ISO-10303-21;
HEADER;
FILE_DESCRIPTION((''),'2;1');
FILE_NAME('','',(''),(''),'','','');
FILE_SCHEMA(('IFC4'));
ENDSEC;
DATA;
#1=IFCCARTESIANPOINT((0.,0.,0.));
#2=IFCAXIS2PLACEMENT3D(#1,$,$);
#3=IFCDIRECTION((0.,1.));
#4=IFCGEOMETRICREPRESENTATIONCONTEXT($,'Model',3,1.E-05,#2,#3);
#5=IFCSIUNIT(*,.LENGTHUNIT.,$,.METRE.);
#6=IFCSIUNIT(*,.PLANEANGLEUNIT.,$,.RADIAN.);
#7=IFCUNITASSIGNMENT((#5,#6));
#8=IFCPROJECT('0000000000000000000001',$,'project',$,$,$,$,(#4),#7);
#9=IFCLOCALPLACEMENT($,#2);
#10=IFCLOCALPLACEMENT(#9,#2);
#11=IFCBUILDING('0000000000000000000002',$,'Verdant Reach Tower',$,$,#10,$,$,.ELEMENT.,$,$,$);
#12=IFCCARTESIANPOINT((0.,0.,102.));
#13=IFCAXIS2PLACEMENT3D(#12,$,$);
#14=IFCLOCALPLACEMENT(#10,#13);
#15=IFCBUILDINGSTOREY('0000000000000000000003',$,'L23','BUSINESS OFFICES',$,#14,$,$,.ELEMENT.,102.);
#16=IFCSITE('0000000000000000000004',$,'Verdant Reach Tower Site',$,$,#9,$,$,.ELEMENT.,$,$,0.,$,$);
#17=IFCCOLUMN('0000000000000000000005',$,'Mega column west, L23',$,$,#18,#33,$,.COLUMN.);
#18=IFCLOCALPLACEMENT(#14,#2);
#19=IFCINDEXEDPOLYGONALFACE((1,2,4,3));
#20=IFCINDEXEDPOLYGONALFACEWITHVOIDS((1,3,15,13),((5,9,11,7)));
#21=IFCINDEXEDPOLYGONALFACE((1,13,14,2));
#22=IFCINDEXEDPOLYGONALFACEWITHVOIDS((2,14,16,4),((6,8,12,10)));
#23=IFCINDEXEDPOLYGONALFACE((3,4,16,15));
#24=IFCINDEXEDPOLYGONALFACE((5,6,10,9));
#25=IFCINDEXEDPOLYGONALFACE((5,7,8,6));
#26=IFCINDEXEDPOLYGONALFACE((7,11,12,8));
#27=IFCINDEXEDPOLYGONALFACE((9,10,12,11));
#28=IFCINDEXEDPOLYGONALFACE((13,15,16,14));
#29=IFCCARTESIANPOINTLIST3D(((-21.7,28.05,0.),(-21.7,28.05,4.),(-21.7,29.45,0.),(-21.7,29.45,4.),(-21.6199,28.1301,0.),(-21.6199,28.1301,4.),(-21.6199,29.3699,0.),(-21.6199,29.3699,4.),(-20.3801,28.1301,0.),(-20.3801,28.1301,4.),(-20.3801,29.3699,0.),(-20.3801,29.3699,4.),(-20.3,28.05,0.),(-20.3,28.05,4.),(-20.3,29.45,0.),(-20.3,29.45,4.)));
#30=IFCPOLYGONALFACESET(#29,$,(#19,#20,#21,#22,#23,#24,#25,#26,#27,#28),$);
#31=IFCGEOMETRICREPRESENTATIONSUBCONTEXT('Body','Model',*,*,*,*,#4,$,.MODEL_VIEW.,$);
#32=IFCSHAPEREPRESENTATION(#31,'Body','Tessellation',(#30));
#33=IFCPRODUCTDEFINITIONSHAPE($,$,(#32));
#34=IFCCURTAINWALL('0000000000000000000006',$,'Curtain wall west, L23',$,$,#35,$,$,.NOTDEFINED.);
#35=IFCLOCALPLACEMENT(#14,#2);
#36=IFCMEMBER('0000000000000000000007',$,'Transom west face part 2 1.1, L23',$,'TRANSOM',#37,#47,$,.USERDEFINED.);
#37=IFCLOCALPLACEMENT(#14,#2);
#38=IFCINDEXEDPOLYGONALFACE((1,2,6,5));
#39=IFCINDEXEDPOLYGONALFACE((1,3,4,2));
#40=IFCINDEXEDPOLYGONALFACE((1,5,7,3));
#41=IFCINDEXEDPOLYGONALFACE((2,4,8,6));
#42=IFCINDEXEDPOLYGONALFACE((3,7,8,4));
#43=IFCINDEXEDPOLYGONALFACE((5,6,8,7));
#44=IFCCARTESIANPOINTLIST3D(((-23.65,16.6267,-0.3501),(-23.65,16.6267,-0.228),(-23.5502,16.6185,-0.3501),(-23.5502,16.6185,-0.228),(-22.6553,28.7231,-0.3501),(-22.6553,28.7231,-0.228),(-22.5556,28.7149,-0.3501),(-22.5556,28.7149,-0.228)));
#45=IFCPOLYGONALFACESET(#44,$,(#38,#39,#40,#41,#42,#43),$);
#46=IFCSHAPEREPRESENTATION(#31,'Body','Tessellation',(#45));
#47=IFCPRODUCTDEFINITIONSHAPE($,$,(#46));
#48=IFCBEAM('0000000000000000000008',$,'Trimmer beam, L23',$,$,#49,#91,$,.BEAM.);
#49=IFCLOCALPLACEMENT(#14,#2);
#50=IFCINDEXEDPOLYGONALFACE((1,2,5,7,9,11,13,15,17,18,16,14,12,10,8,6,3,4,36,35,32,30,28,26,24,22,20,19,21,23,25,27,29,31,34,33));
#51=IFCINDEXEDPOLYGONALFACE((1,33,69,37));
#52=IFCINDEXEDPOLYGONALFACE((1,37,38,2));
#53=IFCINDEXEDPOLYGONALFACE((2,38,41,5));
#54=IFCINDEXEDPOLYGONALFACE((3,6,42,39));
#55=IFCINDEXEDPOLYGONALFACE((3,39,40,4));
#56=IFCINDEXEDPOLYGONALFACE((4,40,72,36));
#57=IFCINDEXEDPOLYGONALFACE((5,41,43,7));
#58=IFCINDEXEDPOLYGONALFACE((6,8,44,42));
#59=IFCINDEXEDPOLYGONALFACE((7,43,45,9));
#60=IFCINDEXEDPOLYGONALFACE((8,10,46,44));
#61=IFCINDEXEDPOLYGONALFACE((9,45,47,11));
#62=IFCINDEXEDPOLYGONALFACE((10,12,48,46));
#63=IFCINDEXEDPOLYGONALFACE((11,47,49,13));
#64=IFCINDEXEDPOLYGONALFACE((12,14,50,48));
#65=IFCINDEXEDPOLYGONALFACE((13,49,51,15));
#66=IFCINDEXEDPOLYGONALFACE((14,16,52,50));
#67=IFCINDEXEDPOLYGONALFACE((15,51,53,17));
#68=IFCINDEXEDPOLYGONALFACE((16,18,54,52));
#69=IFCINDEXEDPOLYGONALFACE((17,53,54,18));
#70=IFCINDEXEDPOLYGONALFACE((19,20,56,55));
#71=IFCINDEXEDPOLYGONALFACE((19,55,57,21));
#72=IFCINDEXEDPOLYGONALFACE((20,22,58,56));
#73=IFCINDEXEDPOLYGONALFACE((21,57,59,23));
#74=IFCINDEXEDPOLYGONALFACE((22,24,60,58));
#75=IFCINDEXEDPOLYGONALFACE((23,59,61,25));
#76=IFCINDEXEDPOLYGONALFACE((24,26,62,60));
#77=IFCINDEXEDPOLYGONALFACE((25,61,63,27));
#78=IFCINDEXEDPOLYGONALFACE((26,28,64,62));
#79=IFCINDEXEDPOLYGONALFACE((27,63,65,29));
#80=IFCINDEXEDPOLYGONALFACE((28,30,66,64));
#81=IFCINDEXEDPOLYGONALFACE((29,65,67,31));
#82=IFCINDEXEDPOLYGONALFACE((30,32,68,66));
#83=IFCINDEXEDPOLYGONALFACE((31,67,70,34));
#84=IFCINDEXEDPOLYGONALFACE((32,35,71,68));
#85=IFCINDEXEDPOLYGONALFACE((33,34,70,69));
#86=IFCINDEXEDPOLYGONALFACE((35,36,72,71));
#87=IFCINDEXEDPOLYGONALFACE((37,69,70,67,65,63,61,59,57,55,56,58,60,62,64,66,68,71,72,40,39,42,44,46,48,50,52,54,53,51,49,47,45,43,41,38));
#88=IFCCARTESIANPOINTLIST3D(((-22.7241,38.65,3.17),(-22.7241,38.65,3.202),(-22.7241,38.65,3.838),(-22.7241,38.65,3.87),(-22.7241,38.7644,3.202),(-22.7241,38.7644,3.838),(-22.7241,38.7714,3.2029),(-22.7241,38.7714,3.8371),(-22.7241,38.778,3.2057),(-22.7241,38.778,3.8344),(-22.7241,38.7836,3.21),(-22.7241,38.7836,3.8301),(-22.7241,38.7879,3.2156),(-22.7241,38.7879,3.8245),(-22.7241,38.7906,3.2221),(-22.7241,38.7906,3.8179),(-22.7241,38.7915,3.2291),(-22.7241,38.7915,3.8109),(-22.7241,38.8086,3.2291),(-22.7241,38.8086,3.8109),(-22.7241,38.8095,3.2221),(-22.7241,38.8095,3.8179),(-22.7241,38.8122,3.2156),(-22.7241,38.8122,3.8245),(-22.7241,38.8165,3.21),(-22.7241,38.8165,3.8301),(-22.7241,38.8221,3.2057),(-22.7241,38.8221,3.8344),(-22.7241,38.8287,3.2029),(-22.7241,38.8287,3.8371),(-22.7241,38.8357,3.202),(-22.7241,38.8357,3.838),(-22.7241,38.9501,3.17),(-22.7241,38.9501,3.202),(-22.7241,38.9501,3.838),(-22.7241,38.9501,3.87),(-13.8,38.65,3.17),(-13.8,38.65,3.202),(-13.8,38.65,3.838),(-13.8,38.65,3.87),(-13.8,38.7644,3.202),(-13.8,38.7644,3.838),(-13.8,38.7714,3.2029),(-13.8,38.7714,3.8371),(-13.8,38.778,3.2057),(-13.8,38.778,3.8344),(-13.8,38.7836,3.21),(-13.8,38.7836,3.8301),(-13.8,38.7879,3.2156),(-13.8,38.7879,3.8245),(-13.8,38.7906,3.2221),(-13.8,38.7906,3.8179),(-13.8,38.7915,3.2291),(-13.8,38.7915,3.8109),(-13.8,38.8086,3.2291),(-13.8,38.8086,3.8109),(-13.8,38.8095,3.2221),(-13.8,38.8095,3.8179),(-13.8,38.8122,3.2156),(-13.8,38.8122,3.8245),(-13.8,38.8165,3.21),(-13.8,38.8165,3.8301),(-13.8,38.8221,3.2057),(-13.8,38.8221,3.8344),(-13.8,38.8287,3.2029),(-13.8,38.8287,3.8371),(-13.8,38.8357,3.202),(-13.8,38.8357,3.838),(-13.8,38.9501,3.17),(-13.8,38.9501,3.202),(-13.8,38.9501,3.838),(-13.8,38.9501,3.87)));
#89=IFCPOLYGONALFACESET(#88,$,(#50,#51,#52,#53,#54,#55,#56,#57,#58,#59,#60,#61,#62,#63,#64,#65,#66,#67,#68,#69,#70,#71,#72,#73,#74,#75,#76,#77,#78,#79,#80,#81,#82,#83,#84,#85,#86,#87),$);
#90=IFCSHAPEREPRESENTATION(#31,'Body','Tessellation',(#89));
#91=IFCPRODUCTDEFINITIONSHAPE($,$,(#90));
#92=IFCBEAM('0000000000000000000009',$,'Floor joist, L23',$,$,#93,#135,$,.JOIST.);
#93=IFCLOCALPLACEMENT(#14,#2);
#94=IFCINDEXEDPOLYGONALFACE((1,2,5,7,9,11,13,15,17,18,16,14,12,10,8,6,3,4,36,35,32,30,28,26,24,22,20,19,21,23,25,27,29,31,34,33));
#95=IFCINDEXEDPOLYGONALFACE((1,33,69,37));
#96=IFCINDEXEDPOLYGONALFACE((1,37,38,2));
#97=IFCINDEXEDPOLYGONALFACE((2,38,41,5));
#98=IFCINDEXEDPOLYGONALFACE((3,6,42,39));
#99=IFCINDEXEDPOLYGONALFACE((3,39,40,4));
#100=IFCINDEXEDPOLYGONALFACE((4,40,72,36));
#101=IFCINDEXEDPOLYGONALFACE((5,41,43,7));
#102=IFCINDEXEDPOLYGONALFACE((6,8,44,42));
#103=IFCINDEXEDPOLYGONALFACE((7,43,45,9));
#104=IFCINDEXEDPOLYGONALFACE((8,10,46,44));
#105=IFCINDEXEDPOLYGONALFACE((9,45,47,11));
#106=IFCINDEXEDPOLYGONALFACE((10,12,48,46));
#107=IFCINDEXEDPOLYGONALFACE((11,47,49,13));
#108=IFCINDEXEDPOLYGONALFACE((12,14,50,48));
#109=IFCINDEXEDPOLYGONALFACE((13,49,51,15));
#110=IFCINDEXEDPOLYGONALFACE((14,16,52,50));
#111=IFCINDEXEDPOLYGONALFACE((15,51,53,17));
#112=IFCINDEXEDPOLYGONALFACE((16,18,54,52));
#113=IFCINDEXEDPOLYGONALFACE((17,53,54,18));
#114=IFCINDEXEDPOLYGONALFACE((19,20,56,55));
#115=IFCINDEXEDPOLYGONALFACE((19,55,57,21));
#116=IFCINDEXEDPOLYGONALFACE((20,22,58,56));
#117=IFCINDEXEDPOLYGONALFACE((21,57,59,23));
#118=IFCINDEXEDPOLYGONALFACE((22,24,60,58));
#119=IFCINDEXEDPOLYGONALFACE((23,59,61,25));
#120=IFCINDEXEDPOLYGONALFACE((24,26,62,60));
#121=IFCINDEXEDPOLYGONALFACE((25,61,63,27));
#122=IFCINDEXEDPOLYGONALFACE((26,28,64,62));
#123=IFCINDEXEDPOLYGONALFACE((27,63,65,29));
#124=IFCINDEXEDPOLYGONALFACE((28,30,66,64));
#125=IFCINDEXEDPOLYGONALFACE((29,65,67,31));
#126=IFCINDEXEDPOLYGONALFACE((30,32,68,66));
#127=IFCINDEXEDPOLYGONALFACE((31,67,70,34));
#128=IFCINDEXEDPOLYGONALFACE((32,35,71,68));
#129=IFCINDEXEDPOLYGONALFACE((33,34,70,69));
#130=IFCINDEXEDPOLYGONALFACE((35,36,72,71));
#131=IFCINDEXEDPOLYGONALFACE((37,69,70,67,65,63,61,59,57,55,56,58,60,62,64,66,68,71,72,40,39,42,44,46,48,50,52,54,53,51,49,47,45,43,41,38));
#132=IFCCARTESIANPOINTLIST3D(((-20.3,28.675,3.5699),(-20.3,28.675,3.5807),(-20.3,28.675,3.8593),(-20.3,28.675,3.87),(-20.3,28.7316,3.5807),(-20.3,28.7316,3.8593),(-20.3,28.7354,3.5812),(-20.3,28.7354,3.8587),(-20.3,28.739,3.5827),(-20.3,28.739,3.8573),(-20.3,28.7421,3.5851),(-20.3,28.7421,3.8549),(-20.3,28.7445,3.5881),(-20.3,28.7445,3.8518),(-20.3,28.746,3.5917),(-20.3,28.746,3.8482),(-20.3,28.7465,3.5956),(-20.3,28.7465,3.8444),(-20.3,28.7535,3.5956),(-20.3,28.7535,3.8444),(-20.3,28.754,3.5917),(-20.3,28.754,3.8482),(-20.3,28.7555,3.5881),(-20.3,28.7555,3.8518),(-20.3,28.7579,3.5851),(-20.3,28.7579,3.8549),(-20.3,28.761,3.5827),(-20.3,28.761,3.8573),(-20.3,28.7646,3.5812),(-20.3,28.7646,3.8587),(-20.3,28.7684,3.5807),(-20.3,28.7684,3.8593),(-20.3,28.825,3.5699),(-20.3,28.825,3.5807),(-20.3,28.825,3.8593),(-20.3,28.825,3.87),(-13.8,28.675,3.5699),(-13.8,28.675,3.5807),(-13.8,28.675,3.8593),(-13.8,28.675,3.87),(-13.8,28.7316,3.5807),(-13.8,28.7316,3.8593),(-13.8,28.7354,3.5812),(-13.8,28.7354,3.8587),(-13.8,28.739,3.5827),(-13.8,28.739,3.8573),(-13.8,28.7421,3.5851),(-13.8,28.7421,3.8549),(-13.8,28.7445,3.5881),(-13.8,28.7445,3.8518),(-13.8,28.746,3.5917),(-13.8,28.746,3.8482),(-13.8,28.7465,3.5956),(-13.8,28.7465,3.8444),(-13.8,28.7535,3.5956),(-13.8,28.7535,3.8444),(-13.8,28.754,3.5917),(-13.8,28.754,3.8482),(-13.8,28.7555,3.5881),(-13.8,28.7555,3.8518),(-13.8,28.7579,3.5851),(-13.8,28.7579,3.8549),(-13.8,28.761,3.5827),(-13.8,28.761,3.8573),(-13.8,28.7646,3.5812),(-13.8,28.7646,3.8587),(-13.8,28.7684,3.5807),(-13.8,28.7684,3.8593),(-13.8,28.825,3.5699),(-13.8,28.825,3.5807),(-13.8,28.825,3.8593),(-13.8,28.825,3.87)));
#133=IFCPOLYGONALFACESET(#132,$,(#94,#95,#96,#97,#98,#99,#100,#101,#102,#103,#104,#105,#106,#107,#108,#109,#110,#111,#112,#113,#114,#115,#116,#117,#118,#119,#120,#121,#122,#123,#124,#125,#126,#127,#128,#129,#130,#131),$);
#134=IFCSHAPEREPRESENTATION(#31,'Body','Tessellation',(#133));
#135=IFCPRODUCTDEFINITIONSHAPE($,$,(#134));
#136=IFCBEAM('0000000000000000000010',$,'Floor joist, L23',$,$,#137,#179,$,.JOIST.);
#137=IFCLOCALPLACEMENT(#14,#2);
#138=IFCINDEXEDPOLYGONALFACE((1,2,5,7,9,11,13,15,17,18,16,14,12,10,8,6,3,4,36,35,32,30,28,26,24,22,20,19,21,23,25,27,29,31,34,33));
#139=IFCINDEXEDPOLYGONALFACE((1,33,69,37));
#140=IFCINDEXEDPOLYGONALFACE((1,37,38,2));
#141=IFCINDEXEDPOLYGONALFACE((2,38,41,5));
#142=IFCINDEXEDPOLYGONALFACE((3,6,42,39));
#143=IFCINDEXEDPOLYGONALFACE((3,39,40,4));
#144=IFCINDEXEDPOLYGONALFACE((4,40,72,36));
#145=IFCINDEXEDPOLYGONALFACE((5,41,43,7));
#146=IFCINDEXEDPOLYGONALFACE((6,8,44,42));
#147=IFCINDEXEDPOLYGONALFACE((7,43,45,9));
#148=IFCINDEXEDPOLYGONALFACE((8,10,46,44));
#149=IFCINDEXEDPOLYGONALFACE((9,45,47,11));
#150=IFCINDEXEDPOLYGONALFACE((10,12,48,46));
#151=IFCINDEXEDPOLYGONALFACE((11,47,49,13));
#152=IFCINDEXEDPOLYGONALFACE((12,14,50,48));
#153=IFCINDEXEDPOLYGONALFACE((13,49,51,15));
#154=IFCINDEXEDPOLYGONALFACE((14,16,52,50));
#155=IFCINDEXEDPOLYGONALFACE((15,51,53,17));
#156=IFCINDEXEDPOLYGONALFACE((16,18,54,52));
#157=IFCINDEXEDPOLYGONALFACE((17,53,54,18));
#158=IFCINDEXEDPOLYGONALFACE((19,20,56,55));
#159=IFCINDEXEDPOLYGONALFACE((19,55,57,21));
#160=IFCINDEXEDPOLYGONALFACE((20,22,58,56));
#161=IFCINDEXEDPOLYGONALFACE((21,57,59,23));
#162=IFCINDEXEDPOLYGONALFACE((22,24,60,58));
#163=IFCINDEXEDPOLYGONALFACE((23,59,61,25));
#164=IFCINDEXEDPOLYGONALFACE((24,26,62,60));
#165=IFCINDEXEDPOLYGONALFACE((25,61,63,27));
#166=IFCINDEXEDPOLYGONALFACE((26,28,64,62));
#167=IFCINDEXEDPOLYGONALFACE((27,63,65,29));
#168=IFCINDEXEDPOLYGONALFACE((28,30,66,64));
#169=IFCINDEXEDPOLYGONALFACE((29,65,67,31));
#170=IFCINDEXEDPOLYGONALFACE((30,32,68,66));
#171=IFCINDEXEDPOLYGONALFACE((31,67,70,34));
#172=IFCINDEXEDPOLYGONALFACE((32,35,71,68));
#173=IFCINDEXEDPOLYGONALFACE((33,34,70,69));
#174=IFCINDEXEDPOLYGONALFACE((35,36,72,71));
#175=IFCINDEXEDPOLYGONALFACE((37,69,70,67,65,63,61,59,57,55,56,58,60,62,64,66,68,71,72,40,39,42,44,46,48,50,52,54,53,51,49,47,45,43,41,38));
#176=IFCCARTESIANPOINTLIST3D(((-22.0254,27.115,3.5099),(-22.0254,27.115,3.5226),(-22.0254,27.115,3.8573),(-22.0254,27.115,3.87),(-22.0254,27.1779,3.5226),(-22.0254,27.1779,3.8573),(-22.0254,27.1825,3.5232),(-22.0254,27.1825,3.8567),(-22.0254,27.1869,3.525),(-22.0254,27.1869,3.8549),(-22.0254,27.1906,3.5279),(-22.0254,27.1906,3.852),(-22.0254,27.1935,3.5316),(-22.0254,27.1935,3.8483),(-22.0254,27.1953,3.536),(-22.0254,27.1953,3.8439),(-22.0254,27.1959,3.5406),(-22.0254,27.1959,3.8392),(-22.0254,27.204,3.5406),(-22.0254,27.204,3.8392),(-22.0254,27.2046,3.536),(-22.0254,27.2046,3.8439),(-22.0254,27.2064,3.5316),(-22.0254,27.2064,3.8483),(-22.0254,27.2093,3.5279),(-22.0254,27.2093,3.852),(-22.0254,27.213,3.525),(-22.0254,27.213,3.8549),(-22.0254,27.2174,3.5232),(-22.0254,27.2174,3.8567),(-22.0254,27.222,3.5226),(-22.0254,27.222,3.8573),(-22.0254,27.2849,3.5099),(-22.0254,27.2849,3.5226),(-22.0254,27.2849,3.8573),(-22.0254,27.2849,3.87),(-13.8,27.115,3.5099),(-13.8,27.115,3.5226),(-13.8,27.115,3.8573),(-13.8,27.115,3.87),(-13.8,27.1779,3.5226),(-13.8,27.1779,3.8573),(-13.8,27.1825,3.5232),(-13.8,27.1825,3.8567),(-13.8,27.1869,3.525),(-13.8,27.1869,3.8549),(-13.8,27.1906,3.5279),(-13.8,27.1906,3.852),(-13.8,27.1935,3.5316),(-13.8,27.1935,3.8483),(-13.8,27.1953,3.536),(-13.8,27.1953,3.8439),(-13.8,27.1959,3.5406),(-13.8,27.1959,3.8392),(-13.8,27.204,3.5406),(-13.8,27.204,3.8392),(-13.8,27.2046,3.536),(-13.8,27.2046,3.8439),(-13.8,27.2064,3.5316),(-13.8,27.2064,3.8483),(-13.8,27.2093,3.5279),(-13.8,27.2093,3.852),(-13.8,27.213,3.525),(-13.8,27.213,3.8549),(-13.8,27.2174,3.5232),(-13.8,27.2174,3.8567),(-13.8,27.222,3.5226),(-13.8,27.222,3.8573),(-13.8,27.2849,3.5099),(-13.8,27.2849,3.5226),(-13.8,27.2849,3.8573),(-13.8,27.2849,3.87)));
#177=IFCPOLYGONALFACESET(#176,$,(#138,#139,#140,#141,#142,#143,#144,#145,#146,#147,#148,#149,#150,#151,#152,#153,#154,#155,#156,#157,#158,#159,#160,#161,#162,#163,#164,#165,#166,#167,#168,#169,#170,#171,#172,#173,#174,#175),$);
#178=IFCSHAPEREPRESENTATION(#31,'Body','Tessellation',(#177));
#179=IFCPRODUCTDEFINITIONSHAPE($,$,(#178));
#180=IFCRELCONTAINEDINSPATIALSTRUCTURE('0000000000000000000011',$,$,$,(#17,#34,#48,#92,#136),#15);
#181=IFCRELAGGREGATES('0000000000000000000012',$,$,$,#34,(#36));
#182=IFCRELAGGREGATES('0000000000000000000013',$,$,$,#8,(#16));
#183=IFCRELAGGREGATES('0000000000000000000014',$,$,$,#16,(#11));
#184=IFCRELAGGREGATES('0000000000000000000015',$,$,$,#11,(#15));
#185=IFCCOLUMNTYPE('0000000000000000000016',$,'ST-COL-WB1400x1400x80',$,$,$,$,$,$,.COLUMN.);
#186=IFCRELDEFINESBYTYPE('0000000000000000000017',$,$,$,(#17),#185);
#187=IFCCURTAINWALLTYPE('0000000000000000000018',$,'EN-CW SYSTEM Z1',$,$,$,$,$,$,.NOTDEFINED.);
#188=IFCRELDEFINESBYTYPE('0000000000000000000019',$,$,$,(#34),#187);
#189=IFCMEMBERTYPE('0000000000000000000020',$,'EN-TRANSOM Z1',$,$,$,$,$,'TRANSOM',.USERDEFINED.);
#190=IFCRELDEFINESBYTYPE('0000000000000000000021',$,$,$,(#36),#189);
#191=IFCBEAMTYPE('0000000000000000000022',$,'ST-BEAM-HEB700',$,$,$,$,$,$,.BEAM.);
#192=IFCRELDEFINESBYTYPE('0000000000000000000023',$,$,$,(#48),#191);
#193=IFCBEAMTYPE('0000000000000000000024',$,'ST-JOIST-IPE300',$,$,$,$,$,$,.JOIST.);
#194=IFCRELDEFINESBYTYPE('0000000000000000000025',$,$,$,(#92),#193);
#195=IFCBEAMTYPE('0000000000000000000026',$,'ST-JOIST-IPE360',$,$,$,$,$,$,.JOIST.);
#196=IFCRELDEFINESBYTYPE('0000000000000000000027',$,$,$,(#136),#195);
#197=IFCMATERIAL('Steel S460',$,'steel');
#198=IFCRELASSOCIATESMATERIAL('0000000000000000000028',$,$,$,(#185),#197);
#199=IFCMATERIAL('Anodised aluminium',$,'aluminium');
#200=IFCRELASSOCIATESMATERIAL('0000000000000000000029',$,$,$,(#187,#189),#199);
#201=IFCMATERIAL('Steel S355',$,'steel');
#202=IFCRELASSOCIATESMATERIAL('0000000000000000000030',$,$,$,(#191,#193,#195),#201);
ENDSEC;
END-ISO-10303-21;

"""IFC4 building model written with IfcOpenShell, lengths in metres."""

from ifc_helpers import new_model, si_unit, direction, frame, origin, origin_2d, place, context, subcontext, project, spatial, rectangle, hollow_rectangle, i_section, extrude, material, material_profile, profile_set, type_object, element, aggregate, save


model = new_model("IFC4")

# Units and contexts
model_context = context("Model", 3, precision=1e-05, world=origin(), true_north=direction((0.0, 1.0)))
body_context = subcontext(model_context, "Body", "Model", "MODEL_VIEW")
ifc_project = project(units=[si_unit("LENGTHUNIT", "METRE"), si_unit("PLANEANGLEUNIT", "RADIAN")], contexts=[model_context])

# Site, building, storey
site_placement = place(None, origin())
site = spatial("IfcSite", under=ifc_project, at=site_placement, Name="Verdant Reach Tower Site", CompositionType="ELEMENT", RefElevation=0.0)
building_placement = place(site_placement, origin())
building = spatial("IfcBuilding", under=site, at=building_placement, Name="Verdant Reach Tower", CompositionType="ELEMENT")
storey_placement = place(building_placement, frame((0.0, 0.0, 102.0)))
storey = spatial("IfcBuildingStorey", under=building, at=storey_placement, Name="L23", Description="BUSINESS OFFICES", CompositionType="ELEMENT", Elevation=102.0)

# Column
ifc_material_1 = material(Name="Steel S460", Category="steel")
ifc_material_profile_1 = material_profile(ifc_material_1, hollow_rectangle(XDim=1.3999, YDim=1.3999, WallThickness=0.0801, at=origin_2d()), Name="WB 1400x1400x80")
ifc_profile_set_1 = profile_set([ifc_material_profile_1], Name="Steel S460")
column_type = type_object("IfcColumnType", Name="ST-COL-WB1400x1400x80", PredefinedType="COLUMN", material=ifc_profile_set_1)
column_placement = place(storey_placement, frame((-21.0, 28.75, 0.0), z_axis=(0.0, 0.0, 1.0), x_axis=(1.0, 0.0, 0.0)))
element("IfcColumn", 1, at=column_placement, inside=storey, type_object=column_type, Name="Mega column west, L23", PredefinedType="COLUMN", context=body_context, shape_type="SweptSolid", body=[
    extrude(hollow_rectangle(XDim=1.3999, YDim=1.3999, WallThickness=0.0801, at=origin_2d()), origin(), (0.0, 0.0, 1.0), 4.0),
])

# Curtain wall, member
ifc_material_2 = material(Name="Anodised aluminium", Category="aluminium")
curtain_wall_type = type_object("IfcCurtainWallType", Name="EN-CW SYSTEM Z1", PredefinedType="NOTDEFINED", material=ifc_material_2)
curtain_wall_placement = place(storey_placement, origin())
curtain_wall = element("IfcCurtainWall", 2, at=curtain_wall_placement, inside=storey, type_object=curtain_wall_type, Name="Curtain wall west, L23", PredefinedType="NOTDEFINED")
ifc_material_profile_2 = material_profile(ifc_material_2, rectangle(XDim=0.1001, YDim=0.1221, at=origin_2d()), Name="Transom 122x100")
ifc_profile_set_2 = profile_set([ifc_material_profile_2], Name="Anodised aluminium")
member_type = type_object("IfcMemberType", Name="EN-TRANSOM Z1", ElementType="TRANSOM", PredefinedType="USERDEFINED", material=ifc_profile_set_2)
member_placement = place(storey_placement, frame((-22.6055, 28.719, -0.2891), z_axis=(-0.081948, -0.996637, 0.0), x_axis=(0.996637, -0.081948, 0.0)))
member = element("IfcMember", 3, at=member_placement, type_object=member_type, Name="Transom west face part 2 1.1, L23", ObjectType="TRANSOM", PredefinedType="USERDEFINED", context=body_context, shape_type="SweptSolid", body=[
    extrude(rectangle(XDim=0.1001, YDim=0.1221, at=origin_2d()), origin(), (0.0, 0.0, 1.0), 12.1372),
])

# Beams
ifc_material_3 = material(Name="Steel S355", Category="steel")
ifc_material_profile_3 = material_profile(ifc_material_3, i_section(OverallWidth=0.3, OverallDepth=0.7, WebThickness=0.0171, FlangeThickness=0.032, FilletRadius=0.0271, at=origin_2d()), Name="HEB 700")
ifc_profile_set_3 = profile_set([ifc_material_profile_3], Name="Steel S355")
beam_type_1 = type_object("IfcBeamType", Name="ST-BEAM-HEB700", PredefinedType="BEAM", material=ifc_profile_set_3)
beam_1_placement = place(storey_placement, frame((-13.8, 38.8, 3.52), z_axis=(-1.0, 0.0, 0.0), x_axis=(0.0, -1.0, 0.0)))
element("IfcBeam", 4, at=beam_1_placement, inside=storey, type_object=beam_type_1, Name="Trimmer beam, L23", PredefinedType="BEAM", context=body_context, shape_type="SweptSolid", body=[
    extrude(i_section(OverallWidth=0.3, OverallDepth=0.7, WebThickness=0.0171, FlangeThickness=0.032, FilletRadius=0.0271, at=origin_2d()), origin(), (0.0, 0.0, 1.0), 8.9241),
])
ifc_material_profile_4 = material_profile(ifc_material_3, i_section(OverallWidth=0.1499, OverallDepth=0.3, WebThickness=0.0071, FlangeThickness=0.0107, FilletRadius=0.0149, at=origin_2d()), Name="IPE 300")
ifc_profile_set_4 = profile_set([ifc_material_profile_4], Name="Steel S355")
beam_type_2 = type_object("IfcBeamType", Name="ST-JOIST-IPE300", PredefinedType="JOIST", material=ifc_profile_set_4)
beam_2_placement = place(storey_placement, frame((-13.8, 28.75, 3.72), z_axis=(-1.0, 0.0, 0.0), x_axis=(0.0, -1.0, 0.0)))
element("IfcBeam", 5, at=beam_2_placement, inside=storey, type_object=beam_type_2, Name="Floor joist, L23", PredefinedType="JOIST", context=body_context, shape_type="SweptSolid", body=[
    extrude(i_section(OverallWidth=0.1499, OverallDepth=0.3, WebThickness=0.0071, FlangeThickness=0.0107, FilletRadius=0.0149, at=origin_2d()), origin(), (0.0, 0.0, 1.0), 6.5),
])
ifc_material_profile_5 = material_profile(ifc_material_3, i_section(OverallWidth=0.1699, OverallDepth=0.3601, WebThickness=0.0081, FlangeThickness=0.0127, FilletRadius=0.0181, at=origin_2d()), Name="IPE 360")
ifc_profile_set_5 = profile_set([ifc_material_profile_5], Name="Steel S355")
beam_type_3 = type_object("IfcBeamType", Name="ST-JOIST-IPE360", PredefinedType="JOIST", material=ifc_profile_set_5)
beam_3_placement = place(storey_placement, frame((-13.8, 27.2, 3.6899), z_axis=(-1.0, 0.0, 0.0), x_axis=(0.0, -1.0, 0.0)))
element("IfcBeam", 6, at=beam_3_placement, inside=storey, type_object=beam_type_3, Name="Floor joist, L23", PredefinedType="JOIST", context=body_context, shape_type="SweptSolid", body=[
    extrude(i_section(OverallWidth=0.1699, OverallDepth=0.3601, WebThickness=0.0081, FlangeThickness=0.0127, FilletRadius=0.0181, at=origin_2d()), origin(), (0.0, 0.0, 1.0), 8.2253),
])

aggregate(curtain_wall, [member])

save(model, "model.ifc")
